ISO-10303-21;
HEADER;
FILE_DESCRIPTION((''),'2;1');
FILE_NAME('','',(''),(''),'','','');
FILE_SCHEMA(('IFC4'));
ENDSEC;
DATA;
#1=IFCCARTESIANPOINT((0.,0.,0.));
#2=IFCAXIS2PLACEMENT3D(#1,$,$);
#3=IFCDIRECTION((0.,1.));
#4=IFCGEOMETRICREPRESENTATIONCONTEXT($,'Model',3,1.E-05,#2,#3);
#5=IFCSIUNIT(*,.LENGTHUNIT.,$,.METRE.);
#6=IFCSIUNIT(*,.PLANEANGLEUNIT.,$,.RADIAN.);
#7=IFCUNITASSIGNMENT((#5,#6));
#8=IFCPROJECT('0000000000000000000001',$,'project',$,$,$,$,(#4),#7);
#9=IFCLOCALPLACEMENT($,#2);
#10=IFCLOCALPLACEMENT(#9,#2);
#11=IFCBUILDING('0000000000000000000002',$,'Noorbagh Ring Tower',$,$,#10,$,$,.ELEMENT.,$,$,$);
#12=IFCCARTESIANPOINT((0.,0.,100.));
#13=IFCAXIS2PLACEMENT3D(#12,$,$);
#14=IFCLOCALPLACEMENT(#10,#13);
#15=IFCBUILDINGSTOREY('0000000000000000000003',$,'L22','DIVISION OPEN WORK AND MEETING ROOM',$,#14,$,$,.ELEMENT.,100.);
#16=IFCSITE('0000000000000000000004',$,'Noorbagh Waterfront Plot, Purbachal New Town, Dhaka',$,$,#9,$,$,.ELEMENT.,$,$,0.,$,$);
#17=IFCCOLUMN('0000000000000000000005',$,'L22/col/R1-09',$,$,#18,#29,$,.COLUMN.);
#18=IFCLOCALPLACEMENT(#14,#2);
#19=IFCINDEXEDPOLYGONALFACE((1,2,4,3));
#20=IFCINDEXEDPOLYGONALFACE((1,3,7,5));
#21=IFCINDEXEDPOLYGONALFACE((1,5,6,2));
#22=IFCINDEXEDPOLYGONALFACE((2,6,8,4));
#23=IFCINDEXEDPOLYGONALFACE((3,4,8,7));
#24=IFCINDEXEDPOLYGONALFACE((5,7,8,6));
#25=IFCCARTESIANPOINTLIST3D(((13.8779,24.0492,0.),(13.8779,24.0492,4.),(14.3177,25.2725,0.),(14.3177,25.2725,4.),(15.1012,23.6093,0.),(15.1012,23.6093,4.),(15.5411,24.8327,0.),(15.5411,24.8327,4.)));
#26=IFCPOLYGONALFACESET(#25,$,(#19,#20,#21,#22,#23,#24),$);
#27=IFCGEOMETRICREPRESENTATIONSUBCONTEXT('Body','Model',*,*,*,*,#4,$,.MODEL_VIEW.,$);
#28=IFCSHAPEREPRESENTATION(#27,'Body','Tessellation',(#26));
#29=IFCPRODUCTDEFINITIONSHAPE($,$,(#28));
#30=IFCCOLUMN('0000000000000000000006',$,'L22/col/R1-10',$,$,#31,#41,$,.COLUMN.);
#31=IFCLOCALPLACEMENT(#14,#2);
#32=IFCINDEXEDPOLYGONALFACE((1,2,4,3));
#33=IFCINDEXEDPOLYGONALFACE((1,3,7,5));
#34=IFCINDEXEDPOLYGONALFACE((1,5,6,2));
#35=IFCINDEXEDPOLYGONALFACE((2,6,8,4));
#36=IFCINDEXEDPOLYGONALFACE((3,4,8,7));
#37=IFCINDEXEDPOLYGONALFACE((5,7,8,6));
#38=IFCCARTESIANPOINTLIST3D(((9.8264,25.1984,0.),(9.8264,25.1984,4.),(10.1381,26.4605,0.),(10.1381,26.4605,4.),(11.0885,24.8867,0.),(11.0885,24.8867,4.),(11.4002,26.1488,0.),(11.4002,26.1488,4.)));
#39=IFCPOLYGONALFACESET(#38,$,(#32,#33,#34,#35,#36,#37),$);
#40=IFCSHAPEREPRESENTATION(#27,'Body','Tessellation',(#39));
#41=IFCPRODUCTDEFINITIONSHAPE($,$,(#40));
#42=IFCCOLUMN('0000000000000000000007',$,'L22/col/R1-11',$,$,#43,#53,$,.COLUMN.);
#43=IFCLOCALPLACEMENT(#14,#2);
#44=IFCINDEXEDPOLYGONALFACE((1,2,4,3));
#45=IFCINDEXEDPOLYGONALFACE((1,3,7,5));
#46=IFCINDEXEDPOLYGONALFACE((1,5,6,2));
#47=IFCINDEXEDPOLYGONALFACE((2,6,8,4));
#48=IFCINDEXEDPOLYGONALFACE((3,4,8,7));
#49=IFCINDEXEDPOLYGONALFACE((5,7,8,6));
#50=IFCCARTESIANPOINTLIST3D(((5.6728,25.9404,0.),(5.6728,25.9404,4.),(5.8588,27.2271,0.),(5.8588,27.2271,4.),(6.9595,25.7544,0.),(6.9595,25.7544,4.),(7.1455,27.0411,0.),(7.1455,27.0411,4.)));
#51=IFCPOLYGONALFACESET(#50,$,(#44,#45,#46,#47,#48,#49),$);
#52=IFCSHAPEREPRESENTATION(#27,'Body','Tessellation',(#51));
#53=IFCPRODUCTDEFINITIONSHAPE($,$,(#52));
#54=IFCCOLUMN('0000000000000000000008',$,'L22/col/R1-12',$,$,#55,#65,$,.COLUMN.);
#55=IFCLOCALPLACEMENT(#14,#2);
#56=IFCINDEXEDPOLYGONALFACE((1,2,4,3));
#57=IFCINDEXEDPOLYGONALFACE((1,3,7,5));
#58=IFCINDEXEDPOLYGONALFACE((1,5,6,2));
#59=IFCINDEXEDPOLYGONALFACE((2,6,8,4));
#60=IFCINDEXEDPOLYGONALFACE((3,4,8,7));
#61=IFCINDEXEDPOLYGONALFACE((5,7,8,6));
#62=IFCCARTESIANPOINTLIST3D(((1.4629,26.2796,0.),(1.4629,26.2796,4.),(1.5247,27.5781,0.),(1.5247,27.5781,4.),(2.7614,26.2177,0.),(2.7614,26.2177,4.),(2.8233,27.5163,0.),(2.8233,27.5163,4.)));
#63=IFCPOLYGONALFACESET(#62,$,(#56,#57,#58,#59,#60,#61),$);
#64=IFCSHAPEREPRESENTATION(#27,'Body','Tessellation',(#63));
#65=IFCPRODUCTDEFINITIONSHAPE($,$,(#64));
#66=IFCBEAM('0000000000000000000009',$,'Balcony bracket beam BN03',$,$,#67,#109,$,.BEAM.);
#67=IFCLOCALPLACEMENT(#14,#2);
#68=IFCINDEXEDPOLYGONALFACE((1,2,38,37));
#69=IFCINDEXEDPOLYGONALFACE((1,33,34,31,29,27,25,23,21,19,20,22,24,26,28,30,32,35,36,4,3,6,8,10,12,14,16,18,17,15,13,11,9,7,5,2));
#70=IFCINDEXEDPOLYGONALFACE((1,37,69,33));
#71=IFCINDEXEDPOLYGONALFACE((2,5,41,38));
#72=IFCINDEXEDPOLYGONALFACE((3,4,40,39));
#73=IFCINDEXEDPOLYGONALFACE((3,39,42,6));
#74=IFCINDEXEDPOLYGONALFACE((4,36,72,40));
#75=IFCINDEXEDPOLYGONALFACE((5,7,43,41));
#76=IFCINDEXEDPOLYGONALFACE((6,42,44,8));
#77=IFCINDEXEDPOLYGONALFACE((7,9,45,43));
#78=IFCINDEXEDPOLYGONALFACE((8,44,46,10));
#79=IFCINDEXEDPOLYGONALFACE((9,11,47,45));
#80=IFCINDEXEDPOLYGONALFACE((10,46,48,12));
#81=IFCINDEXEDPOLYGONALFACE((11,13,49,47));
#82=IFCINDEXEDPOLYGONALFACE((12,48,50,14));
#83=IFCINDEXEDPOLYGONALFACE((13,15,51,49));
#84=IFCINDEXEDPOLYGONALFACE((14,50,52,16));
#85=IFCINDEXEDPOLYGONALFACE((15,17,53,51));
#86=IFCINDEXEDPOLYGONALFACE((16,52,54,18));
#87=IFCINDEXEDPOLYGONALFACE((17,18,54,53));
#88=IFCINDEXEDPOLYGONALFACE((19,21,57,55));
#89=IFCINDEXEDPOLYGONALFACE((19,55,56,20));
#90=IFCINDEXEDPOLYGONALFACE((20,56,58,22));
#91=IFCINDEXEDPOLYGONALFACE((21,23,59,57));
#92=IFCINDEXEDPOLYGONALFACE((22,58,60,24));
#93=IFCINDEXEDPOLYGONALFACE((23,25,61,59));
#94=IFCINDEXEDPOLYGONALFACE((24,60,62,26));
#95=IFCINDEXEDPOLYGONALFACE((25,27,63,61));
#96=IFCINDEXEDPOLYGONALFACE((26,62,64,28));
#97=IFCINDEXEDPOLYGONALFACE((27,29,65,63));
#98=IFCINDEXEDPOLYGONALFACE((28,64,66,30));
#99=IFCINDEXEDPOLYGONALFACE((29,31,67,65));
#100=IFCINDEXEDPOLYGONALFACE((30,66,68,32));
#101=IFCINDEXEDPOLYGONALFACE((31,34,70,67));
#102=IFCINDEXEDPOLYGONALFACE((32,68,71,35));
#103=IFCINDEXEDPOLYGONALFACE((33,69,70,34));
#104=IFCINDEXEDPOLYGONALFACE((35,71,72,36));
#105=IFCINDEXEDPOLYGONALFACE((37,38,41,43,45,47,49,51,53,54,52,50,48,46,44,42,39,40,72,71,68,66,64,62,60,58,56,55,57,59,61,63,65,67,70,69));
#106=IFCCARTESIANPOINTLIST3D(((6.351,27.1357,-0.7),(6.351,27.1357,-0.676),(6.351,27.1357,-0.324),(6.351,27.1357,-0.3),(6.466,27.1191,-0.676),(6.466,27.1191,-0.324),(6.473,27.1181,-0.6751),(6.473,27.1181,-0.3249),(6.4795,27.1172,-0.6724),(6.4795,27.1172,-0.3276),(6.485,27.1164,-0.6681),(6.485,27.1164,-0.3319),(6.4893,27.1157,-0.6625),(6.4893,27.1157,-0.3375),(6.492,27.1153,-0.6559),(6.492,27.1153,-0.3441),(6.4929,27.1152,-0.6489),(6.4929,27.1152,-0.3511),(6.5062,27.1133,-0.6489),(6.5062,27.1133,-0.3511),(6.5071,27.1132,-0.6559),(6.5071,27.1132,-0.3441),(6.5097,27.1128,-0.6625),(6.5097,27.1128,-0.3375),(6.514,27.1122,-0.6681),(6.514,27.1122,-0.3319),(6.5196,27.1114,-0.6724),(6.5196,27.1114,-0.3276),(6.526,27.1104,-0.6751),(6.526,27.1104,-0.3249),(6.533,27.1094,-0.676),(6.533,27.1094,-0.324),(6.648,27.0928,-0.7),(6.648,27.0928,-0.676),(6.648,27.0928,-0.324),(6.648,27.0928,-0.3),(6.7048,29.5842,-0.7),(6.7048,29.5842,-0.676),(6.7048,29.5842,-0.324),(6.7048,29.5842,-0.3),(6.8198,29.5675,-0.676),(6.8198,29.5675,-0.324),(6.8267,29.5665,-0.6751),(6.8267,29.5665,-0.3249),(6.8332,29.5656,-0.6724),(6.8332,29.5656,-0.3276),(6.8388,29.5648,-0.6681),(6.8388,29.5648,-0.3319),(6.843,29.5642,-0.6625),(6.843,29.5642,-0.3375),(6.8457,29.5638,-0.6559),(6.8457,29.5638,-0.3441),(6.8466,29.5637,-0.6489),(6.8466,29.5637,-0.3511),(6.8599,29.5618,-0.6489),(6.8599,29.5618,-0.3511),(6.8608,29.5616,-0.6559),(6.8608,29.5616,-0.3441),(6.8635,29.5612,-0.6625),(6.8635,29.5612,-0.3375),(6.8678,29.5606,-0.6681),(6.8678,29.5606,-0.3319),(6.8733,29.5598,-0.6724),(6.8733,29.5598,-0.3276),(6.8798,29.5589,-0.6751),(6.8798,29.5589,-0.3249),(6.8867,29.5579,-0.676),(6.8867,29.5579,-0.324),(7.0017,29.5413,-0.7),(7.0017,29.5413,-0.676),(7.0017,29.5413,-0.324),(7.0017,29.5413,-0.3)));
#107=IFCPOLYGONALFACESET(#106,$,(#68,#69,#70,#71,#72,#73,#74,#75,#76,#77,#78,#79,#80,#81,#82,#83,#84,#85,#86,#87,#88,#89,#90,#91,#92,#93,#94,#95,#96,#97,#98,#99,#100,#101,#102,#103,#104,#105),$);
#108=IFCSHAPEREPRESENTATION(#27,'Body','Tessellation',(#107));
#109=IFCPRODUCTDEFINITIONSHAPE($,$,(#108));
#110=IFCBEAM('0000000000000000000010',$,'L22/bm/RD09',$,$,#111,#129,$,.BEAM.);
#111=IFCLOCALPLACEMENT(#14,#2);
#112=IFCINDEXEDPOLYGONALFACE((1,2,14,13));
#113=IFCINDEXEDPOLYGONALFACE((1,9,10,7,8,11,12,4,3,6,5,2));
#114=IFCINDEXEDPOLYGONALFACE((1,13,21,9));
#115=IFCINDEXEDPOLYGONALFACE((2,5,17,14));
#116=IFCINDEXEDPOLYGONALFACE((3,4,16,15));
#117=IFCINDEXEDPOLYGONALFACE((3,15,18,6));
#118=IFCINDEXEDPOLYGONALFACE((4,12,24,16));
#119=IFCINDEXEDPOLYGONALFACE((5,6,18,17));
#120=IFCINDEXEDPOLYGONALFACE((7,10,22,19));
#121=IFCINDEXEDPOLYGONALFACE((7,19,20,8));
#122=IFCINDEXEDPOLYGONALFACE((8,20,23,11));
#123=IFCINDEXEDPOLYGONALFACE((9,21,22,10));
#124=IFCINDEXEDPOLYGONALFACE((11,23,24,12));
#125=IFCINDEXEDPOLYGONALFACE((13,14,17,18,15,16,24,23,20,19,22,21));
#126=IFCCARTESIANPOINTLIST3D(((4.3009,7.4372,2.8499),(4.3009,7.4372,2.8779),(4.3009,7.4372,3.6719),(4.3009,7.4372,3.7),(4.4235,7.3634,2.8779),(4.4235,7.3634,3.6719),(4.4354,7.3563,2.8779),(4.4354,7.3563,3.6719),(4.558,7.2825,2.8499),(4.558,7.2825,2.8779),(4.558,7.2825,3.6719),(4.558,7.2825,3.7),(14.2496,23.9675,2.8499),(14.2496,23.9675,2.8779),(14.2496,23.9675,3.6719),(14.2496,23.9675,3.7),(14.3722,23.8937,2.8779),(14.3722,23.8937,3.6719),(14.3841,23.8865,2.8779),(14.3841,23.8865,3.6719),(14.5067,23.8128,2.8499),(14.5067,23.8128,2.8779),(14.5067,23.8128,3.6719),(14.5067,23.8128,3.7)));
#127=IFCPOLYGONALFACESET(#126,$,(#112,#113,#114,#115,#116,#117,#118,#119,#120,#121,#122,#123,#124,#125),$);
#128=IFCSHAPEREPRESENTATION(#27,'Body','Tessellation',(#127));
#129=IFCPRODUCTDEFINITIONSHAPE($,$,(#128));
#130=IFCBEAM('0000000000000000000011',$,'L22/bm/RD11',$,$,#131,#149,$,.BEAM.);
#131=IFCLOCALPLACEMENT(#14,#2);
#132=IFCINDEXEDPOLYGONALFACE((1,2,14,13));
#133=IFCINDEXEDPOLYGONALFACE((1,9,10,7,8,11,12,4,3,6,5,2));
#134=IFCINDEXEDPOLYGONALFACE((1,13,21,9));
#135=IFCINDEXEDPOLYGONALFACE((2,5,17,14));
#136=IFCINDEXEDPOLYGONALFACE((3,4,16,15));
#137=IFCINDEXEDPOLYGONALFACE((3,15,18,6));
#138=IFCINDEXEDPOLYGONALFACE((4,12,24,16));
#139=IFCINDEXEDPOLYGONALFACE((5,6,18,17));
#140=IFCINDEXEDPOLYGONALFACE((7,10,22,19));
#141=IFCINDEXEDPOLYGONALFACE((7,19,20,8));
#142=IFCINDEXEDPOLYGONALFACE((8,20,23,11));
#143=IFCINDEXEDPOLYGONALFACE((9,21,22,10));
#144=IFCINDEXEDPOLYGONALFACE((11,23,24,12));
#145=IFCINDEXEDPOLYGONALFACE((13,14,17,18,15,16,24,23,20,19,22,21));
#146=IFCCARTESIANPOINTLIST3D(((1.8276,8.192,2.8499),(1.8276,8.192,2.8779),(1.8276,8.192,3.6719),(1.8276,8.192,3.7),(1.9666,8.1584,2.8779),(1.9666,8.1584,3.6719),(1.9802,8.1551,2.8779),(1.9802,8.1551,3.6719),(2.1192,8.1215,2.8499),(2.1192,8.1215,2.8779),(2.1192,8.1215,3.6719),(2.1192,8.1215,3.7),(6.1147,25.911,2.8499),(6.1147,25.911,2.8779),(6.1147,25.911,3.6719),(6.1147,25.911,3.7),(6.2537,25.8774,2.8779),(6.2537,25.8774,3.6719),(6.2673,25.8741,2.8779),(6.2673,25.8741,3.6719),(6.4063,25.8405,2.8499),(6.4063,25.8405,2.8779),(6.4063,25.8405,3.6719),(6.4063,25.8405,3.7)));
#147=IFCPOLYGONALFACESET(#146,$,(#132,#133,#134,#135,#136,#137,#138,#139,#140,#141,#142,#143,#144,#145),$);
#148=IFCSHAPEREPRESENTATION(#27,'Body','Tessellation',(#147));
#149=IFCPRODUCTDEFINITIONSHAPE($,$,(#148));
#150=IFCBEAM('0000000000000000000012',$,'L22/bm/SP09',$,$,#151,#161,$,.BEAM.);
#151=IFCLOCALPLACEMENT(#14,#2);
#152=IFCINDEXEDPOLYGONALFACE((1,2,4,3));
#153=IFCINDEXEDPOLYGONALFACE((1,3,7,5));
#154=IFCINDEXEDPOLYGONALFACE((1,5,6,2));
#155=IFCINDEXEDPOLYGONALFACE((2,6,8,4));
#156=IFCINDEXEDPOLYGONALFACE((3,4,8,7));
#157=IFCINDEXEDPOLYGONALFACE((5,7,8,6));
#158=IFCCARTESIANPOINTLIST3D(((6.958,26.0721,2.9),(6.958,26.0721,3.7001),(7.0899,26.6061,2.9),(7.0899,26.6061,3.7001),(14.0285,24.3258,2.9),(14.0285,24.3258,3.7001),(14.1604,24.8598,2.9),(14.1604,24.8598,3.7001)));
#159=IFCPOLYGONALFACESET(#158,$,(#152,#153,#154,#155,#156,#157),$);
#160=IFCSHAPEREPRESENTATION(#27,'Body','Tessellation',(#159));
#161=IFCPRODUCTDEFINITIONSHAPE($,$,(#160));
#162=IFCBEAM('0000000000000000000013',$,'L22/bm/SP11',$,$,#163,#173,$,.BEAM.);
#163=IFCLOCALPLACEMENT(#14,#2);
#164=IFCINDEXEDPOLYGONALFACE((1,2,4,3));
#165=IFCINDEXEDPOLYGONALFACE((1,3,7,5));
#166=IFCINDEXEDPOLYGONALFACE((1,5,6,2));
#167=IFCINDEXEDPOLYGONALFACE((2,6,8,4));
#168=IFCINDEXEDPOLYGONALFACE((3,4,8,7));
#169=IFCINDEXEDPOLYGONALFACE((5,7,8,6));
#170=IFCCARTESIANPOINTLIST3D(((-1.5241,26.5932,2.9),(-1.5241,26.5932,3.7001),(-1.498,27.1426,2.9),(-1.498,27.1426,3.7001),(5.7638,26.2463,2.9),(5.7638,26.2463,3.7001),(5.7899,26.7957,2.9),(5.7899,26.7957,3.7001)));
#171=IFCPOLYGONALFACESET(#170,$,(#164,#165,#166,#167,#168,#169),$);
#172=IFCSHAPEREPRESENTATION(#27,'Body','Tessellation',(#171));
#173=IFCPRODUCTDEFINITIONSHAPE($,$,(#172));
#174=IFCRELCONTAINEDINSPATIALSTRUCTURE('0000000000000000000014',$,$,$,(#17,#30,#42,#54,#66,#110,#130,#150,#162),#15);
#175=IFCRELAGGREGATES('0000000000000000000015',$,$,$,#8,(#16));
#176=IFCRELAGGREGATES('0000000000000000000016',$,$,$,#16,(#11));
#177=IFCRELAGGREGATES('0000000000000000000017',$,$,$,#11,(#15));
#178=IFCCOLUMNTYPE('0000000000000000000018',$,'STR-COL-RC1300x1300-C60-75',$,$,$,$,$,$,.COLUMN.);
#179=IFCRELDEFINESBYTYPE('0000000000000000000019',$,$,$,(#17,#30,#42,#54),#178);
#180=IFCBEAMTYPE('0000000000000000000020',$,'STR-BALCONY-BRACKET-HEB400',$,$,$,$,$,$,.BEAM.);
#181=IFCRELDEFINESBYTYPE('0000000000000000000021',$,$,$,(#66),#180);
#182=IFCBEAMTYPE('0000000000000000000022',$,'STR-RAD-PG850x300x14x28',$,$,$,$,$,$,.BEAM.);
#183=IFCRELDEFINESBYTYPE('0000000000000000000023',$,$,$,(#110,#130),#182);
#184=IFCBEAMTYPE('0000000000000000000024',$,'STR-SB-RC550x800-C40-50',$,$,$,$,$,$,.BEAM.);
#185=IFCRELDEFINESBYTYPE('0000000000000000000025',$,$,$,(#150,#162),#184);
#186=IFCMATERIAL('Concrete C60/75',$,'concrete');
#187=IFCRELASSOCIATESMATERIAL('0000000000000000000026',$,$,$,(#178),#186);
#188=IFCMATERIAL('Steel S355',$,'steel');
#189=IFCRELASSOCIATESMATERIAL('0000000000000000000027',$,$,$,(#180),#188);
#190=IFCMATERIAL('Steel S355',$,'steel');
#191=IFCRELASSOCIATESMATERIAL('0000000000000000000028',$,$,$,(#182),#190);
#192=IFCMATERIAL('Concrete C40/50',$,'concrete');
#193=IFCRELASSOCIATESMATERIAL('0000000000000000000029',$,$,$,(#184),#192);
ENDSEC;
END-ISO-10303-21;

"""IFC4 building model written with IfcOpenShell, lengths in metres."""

from ifc_helpers import new_model, si_unit, direction, frame, origin, origin_2d, place, context, subcontext, project, spatial, rectangle, i_section, extrude, material, material_profile, profile_set, type_object, element, save


model = new_model("IFC4")

# Units and contexts
model_context = context("Model", 3, precision=1e-05, world=origin(), true_north=direction((0.0, 1.0)))
body_context = subcontext(model_context, "Body", "Model", "MODEL_VIEW")
ifc_project = project(units=[si_unit("LENGTHUNIT", "METRE"), si_unit("PLANEANGLEUNIT", "RADIAN")], contexts=[model_context])

# Site, building, storey
site_placement = place(None, origin())
site = spatial("IfcSite", under=ifc_project, at=site_placement, Name="Noorbagh Waterfront Plot, Purbachal New Town, Dhaka", CompositionType="ELEMENT", RefElevation=0.0)
building_placement = place(site_placement, origin())
building = spatial("IfcBuilding", under=site, at=building_placement, Name="Noorbagh Ring Tower", CompositionType="ELEMENT")
storey_placement = place(building_placement, frame((0.0, 0.0, 100.0)))
storey = spatial("IfcBuildingStorey", under=building, at=storey_placement, Name="L22", Description="DIVISION OPEN WORK AND MEETING ROOM", CompositionType="ELEMENT", Elevation=100.0)

# Columns
ifc_material_1 = material(Name="Concrete C60/75", Category="concrete")
ifc_material_profile_1 = material_profile(ifc_material_1, rectangle(XDim=1.3, YDim=1.3, at=origin_2d()), Name="RC1300x1300")
ifc_profile_set_1 = profile_set([ifc_material_profile_1], Name="Concrete C60/75")
column_type = type_object("IfcColumnType", Name="STR-COL-RC1300x1300-C60-75", PredefinedType="COLUMN", material=ifc_profile_set_1)
for number, where, z_axis, x_axis, name in (
    (1, (14.7095, 24.4409, 0.0), (0.0, 0.0, 1.0), (-0.941025, 0.338338, 0.0), "L22/col/R1-09"),
    (2, (10.6133, 25.6736, 0.0), (0.0, 0.0, 1.0), (-0.970829, 0.239771, 0.0), "L22/col/R1-10"),
    (3, (6.4092, 26.4907, 0.0), (0.0, 0.0, 1.0), (-0.989713, 0.143066, 0.0), "L22/col/R1-11"),
    (4, (2.1431, 26.8979, 0.0), (0.0, 0.0, 1.0), (-0.998869, 0.047553, 0.0), "L22/col/R1-12"),
):
    element("IfcColumn", number, at=place(storey_placement, frame(where, z_axis=z_axis, x_axis=x_axis)), inside=storey, type_object=column_type, Name=name, PredefinedType="COLUMN", context=body_context, shape_type="SweptSolid", body=[
        extrude(rectangle(XDim=1.3, YDim=1.3, at=origin_2d()), origin(), (0.0, 0.0, 1.0), 4.0),
    ])

# Beams
ifc_material_2 = material(Name="Steel S355", Category="steel")
ifc_material_profile_2 = material_profile(ifc_material_2, i_section(OverallWidth=0.3, OverallDepth=0.3999, WebThickness=0.0134, FlangeThickness=0.0239, FilletRadius=0.0271, at=origin_2d()), Name="HEB400")
ifc_profile_set_2 = profile_set([ifc_material_profile_2], Name="Steel S355")
beam_type_1 = type_object("IfcBeamType", Name="STR-BALCONY-BRACKET-HEB400", PredefinedType="BEAM", material=ifc_profile_set_2)
beam_1_placement = place(storey_placement, frame((6.4995, 27.1143, -0.5), z_axis=(0.142996, 0.989723, 0.0), x_axis=(-0.989723, 0.142996, 0.0)))
element("IfcBeam", 5, at=beam_1_placement, inside=storey, type_object=beam_type_1, Name="Balcony bracket beam BN03", PredefinedType="BEAM", context=body_context, shape_type="SweptSolid", body=[
    extrude(i_section(OverallWidth=0.3, OverallDepth=0.3999, WebThickness=0.0134, FlangeThickness=0.0239, FilletRadius=0.0271, at=origin_2d()), origin(), (0.0, 0.0, 1.0), 2.4739),
])
ifc_material_3 = material(Name="Steel S355", Category="steel")
ifc_material_profile_3 = material_profile(ifc_material_3, i_section(OverallWidth=0.3, OverallDepth=0.8501, WebThickness=0.0139, FlangeThickness=0.0281, at=origin_2d()), Name="PG850x300x14x28")
ifc_profile_set_3 = profile_set([ifc_material_profile_3], Name="Steel S355")
beam_type_2 = type_object("IfcBeamType", Name="STR-RAD-PG850x300x14x28", PredefinedType="BEAM", material=ifc_profile_set_3)
beam_2_placement = place(storey_placement, frame((14.3782, 23.8901, 3.2749), z_axis=(-0.51566, -0.856793, 0.0), x_axis=(0.856793, -0.51566, 0.0)))
element("IfcBeam", 6, at=beam_2_placement, inside=storey, type_object=beam_type_2, Name="L22/bm/RD09", PredefinedType="BEAM", context=body_context, shape_type="SweptSolid", body=[
    extrude(i_section(OverallWidth=0.3, OverallDepth=0.8501, WebThickness=0.0139, FlangeThickness=0.0281, at=origin_2d()), origin(), (0.0, 0.0, 1.0), 19.2932),
])
beam_3_placement = place(storey_placement, frame((6.2605, 25.8757, 3.2749), z_axis=(-0.235165, -0.971956, 0.0), x_axis=(0.971956, -0.235165, 0.0)))
element("IfcBeam", 7, at=beam_3_placement, inside=storey, type_object=beam_type_2, Name="L22/bm/RD11", PredefinedType="BEAM", context=body_context, shape_type="SweptSolid", body=[
    extrude(i_section(OverallWidth=0.3, OverallDepth=0.8501, WebThickness=0.0139, FlangeThickness=0.0281, at=origin_2d()), origin(), (0.0, 0.0, 1.0), 18.2302),
])
ifc_material_4 = material(Name="Concrete C40/50", Category="concrete")
ifc_material_profile_4 = material_profile(ifc_material_4, rectangle(XDim=0.55, YDim=0.8, at=origin_2d()), Name="RC550x800")
ifc_profile_set_4 = profile_set([ifc_material_profile_4], Name="Concrete C40/50")
beam_type_3 = type_object("IfcBeamType", Name="STR-SB-RC550x800-C40-50", PredefinedType="BEAM", material=ifc_profile_set_4)
beam_4_placement = place(storey_placement, frame((14.0945, 24.5928, 3.3), z_axis=(-0.970827, 0.239782, 0.0), x_axis=(-0.239782, -0.970827, 0.0)))
element("IfcBeam", 8, at=beam_4_placement, inside=storey, type_object=beam_type_3, Name="L22/bm/SP09", PredefinedType="BEAM", context=body_context, shape_type="SweptSolid", body=[
    extrude(rectangle(XDim=0.55, YDim=0.8, at=origin_2d()), origin(), (0.0, 0.0, 1.0), 7.283),
])
beam_5_placement = place(storey_placement, frame((5.7769, 26.521, 3.3), z_axis=(-0.998869, 0.047549, 0.0), x_axis=(-0.047549, -0.998869, 0.0)))
element("IfcBeam", 9, at=beam_5_placement, inside=storey, type_object=beam_type_3, Name="L22/bm/SP11", PredefinedType="BEAM", context=body_context, shape_type="SweptSolid", body=[
    extrude(rectangle(XDim=0.55, YDim=0.8, at=origin_2d()), origin(), (0.0, 0.0, 1.0), 7.2961),
])

save(model, "model.ifc")
